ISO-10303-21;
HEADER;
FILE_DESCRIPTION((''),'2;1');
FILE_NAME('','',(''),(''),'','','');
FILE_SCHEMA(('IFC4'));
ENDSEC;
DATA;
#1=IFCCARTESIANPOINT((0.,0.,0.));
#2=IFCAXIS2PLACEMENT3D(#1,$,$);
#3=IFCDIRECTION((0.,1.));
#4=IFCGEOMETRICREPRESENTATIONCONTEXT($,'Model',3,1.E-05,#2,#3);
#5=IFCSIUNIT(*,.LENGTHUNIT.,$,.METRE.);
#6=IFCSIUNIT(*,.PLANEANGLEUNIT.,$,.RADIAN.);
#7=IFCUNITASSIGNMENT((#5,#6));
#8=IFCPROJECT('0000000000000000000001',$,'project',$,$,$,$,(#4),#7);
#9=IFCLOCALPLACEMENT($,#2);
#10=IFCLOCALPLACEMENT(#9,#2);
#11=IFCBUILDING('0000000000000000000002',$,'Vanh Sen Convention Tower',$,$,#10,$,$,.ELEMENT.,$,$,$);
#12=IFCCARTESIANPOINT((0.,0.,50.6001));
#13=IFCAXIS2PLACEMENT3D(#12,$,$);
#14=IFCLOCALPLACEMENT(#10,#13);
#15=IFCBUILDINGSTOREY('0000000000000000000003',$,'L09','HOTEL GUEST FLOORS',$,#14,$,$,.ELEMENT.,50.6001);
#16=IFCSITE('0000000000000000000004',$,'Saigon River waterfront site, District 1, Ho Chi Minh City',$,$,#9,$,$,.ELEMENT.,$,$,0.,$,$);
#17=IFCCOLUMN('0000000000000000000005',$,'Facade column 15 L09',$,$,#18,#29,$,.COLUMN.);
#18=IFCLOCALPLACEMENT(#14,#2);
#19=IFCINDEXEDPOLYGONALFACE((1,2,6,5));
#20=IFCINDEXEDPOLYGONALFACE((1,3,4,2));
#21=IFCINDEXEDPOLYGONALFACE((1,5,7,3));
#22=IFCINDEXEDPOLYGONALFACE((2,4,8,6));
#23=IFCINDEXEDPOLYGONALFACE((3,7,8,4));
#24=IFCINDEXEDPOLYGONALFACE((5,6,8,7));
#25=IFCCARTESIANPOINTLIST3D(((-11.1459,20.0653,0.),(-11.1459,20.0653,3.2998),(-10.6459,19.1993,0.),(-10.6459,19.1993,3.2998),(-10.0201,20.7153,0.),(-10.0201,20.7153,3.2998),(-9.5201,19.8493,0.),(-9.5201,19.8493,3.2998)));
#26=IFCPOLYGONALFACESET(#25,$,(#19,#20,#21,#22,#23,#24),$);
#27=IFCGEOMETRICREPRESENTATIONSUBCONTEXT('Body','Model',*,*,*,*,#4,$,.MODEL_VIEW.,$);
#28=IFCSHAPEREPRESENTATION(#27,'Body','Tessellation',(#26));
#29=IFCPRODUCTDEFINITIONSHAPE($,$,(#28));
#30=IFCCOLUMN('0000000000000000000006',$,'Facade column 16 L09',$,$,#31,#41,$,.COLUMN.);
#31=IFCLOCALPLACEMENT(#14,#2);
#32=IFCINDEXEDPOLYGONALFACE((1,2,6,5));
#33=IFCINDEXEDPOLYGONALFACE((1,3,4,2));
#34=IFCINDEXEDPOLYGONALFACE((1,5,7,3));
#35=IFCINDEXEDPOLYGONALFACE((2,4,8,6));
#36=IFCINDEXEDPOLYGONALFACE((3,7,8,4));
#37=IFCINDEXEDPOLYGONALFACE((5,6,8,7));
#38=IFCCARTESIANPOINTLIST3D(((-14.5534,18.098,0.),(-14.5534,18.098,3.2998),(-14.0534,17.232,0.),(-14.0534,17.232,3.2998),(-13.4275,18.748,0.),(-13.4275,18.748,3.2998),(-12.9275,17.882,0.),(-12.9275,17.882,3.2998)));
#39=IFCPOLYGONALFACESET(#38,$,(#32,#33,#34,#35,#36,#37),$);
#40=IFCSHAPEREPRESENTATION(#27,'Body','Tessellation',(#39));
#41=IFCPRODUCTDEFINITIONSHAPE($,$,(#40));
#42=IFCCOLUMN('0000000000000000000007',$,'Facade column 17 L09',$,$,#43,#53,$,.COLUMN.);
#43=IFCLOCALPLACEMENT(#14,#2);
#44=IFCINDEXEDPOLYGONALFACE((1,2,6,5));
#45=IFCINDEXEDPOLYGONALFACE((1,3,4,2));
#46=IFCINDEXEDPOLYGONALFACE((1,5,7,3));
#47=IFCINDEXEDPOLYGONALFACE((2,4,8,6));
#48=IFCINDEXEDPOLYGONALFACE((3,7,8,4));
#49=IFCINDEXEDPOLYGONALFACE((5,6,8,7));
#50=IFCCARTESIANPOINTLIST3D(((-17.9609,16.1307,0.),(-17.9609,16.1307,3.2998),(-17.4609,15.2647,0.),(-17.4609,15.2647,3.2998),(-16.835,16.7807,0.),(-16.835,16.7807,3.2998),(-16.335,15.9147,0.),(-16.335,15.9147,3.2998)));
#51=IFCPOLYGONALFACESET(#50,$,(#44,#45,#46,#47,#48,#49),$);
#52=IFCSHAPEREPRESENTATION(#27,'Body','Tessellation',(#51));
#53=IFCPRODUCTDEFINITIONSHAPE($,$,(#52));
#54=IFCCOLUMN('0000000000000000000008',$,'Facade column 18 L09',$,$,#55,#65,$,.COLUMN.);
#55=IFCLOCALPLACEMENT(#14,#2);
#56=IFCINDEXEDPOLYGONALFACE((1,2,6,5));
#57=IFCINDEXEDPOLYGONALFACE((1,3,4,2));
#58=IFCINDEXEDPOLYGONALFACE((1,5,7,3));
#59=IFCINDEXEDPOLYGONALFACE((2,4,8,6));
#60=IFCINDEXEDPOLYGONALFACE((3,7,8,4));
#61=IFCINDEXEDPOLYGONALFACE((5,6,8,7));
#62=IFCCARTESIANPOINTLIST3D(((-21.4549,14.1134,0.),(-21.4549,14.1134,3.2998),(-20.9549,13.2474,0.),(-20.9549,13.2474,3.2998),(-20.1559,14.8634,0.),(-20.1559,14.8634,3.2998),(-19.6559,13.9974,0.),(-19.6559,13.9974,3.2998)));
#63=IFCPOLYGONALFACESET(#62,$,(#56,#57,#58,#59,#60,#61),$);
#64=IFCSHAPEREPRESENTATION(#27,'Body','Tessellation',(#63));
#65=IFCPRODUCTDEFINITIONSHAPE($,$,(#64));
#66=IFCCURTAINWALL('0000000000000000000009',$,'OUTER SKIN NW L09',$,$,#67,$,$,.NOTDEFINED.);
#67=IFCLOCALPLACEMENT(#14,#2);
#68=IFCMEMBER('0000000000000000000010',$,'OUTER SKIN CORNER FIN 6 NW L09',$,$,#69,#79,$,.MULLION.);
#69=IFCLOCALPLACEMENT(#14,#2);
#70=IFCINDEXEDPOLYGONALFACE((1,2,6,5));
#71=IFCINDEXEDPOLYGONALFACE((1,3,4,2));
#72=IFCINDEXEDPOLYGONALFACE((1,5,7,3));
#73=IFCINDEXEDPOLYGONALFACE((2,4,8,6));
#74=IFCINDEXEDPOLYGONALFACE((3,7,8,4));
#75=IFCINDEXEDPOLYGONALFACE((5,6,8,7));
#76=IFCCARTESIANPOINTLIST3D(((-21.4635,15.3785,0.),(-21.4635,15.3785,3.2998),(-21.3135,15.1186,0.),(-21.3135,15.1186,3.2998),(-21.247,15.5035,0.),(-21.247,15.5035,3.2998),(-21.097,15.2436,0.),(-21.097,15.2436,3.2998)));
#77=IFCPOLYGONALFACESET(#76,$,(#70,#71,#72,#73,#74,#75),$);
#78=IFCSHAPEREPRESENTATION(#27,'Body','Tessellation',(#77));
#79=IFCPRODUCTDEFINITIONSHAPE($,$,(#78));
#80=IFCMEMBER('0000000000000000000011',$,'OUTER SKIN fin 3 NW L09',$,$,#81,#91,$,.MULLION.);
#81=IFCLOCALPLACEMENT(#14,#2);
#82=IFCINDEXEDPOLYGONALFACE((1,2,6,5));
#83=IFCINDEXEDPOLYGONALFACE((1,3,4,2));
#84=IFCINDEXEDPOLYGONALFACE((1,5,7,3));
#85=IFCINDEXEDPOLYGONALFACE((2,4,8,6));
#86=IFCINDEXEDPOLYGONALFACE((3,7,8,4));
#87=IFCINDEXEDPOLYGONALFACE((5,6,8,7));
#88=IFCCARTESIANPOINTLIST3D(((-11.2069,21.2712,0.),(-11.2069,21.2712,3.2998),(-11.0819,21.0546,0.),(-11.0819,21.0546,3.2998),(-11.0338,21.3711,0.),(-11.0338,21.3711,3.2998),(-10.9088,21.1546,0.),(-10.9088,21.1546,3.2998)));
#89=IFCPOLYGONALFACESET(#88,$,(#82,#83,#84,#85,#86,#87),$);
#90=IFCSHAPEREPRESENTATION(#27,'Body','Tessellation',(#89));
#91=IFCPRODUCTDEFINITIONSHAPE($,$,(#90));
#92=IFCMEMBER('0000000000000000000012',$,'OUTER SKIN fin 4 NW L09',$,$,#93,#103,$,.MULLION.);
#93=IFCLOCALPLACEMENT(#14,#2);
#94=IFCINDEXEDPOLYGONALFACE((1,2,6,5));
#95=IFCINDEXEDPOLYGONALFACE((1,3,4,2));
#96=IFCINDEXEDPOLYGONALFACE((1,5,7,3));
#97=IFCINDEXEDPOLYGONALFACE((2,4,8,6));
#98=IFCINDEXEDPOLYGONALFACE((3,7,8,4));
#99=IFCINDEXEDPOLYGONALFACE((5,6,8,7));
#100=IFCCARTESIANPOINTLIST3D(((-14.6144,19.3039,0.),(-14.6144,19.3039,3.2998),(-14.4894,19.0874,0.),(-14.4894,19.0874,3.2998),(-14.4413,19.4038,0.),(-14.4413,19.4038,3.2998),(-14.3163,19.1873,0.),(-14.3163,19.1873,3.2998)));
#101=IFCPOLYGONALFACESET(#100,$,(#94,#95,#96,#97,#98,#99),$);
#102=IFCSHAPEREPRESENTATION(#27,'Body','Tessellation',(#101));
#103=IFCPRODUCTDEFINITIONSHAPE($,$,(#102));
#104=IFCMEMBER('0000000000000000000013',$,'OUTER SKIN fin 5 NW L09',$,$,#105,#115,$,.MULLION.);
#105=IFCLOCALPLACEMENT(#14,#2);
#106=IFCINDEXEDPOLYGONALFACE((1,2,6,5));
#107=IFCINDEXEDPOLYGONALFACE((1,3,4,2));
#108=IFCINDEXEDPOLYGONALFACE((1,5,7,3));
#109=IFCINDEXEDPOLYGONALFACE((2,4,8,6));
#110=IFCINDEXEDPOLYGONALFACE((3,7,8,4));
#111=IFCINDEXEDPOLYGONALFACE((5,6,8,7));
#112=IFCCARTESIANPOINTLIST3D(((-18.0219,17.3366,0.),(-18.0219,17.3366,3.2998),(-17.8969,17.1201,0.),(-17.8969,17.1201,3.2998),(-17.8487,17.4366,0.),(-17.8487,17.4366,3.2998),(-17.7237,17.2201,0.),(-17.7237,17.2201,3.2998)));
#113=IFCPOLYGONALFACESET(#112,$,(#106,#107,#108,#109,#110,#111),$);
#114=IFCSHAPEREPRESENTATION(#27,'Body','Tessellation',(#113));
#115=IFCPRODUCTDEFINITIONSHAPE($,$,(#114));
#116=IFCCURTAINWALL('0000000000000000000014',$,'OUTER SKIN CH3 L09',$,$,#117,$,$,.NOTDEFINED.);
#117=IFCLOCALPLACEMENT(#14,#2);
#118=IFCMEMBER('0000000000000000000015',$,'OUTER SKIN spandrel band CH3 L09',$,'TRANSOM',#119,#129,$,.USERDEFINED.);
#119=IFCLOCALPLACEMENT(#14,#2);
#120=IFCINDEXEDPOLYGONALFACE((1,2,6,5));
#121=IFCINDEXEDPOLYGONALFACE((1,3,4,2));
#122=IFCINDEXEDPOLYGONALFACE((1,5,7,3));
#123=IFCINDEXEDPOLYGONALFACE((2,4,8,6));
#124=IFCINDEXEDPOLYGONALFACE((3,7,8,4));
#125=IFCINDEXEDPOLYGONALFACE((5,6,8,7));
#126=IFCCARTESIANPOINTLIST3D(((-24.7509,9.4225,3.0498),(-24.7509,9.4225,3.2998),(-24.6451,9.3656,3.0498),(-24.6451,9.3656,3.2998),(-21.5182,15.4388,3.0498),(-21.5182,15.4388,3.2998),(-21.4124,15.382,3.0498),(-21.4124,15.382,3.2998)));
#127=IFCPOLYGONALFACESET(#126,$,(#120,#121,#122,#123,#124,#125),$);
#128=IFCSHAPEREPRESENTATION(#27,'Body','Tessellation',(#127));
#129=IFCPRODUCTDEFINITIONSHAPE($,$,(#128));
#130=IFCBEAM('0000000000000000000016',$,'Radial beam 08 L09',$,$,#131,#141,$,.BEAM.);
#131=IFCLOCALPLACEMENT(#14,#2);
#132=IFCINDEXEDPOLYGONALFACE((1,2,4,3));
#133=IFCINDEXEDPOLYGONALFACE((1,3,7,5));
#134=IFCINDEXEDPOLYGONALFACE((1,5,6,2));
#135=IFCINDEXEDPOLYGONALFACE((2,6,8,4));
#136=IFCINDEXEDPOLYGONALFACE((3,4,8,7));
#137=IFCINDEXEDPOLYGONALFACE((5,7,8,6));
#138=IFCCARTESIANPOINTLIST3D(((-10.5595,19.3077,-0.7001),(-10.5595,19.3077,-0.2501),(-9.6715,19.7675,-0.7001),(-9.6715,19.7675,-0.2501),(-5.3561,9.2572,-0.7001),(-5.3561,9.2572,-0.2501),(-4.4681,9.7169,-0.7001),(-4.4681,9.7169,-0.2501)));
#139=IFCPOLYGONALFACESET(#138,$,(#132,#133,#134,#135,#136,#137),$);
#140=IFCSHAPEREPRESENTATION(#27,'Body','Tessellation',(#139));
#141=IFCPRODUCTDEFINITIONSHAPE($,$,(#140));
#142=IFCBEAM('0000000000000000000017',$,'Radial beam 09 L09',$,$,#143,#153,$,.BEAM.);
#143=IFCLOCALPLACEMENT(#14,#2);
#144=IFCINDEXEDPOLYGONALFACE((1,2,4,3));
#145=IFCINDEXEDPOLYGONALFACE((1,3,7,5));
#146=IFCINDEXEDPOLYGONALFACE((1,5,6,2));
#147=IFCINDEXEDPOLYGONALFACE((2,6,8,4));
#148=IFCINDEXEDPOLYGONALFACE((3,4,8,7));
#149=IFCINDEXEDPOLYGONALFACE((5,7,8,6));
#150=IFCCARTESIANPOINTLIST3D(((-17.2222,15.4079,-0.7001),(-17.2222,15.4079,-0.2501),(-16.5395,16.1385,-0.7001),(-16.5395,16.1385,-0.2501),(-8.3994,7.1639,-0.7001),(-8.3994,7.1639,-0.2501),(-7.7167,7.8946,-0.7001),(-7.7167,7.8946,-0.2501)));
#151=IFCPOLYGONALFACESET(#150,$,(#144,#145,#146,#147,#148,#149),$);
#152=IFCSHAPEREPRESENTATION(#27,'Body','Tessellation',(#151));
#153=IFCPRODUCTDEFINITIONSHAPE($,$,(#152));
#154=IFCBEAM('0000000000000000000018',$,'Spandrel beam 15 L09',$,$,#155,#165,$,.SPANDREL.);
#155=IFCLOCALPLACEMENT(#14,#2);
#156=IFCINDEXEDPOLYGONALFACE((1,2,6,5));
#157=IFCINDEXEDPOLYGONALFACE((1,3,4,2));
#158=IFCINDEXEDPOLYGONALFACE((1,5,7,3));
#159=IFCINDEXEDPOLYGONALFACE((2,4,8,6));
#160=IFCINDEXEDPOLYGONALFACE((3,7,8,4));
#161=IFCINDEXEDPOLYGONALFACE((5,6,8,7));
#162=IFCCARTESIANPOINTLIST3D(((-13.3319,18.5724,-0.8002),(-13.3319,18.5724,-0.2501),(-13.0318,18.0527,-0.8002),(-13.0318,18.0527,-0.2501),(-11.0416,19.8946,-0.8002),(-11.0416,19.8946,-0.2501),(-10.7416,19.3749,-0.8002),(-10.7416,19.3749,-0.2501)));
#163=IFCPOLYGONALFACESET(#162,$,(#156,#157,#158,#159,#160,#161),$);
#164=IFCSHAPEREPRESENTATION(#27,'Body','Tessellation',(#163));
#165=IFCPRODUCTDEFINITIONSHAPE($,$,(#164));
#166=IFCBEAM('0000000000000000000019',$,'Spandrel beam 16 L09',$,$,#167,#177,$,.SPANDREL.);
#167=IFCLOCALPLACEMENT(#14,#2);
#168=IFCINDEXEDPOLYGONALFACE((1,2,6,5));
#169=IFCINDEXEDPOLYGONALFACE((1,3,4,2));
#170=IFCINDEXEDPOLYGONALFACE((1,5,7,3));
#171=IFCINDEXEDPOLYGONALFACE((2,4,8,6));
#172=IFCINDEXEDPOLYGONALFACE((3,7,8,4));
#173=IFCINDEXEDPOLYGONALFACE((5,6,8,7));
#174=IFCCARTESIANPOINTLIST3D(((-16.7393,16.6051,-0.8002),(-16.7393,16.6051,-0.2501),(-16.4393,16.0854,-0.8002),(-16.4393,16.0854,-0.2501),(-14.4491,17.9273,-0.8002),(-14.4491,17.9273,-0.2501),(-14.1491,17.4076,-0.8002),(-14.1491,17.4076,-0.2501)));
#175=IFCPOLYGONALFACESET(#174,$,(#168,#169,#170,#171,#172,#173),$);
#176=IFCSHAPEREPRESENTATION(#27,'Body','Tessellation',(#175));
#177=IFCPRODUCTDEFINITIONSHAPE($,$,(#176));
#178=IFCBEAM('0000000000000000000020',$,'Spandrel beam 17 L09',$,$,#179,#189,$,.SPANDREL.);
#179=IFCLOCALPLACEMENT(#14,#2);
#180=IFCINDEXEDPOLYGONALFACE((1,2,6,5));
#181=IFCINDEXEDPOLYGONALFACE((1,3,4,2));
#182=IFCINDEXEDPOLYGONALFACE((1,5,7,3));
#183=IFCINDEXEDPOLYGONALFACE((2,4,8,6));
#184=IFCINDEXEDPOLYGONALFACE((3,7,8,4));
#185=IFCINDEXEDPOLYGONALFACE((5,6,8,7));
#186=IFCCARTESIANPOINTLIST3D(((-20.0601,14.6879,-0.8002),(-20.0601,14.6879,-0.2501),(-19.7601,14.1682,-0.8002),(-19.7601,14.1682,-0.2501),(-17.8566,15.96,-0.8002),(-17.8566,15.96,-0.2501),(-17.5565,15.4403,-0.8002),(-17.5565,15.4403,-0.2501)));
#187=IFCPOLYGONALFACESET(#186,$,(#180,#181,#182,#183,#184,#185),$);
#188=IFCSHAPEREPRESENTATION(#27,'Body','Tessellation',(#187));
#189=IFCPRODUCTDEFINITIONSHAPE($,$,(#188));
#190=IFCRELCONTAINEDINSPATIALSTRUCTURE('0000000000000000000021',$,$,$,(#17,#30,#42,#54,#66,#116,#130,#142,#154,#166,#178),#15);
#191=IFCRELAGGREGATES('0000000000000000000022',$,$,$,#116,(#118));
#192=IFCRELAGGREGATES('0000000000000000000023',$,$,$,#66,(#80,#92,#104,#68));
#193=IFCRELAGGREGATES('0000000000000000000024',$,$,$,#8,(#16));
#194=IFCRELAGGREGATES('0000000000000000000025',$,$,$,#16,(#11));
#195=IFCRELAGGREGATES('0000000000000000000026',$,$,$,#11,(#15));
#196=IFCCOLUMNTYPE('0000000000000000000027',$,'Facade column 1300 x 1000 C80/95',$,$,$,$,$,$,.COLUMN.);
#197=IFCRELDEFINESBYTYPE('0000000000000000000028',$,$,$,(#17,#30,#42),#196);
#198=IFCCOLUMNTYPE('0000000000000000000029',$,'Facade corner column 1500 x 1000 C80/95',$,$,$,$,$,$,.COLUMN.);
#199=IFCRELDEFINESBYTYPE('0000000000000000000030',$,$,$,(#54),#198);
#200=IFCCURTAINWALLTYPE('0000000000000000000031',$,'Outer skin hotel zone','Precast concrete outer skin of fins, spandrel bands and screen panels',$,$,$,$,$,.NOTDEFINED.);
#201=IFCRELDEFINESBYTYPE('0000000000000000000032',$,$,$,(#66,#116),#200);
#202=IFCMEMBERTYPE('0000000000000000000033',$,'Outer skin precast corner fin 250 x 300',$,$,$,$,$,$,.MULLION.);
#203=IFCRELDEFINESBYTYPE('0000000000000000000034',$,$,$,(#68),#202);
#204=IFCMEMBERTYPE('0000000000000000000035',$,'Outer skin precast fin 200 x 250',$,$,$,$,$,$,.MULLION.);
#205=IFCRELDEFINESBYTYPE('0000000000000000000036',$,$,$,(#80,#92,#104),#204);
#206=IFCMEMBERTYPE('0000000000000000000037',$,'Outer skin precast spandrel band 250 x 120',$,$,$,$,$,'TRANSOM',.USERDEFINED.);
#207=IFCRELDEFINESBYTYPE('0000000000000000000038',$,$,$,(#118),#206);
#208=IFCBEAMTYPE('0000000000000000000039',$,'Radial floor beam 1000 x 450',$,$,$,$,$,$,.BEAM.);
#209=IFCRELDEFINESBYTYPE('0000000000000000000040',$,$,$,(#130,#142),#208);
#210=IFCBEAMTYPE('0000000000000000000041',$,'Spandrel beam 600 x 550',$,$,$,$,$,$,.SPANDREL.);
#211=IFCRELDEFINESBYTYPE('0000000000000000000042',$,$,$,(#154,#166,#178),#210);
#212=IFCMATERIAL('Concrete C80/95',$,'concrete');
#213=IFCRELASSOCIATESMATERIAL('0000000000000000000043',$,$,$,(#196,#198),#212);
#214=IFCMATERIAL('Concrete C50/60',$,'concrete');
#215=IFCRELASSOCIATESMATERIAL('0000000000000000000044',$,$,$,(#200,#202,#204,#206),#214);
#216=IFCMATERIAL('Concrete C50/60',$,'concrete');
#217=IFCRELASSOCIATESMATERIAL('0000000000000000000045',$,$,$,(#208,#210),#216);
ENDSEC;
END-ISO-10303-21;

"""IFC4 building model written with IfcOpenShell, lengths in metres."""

from ifc_helpers import new_model, si_unit, direction, frame, origin, origin_2d, place, context, subcontext, project, spatial, rectangle, extrude, material, material_profile, profile_set, type_object, element, aggregate, save


model = new_model("IFC4")

# Units and contexts
model_context = context("Model", 3, precision=1e-05, world=origin(), true_north=direction((0.0, 1.0)))
body_context = subcontext(model_context, "Body", "Model", "MODEL_VIEW")
ifc_project = project(units=[si_unit("LENGTHUNIT", "METRE"), si_unit("PLANEANGLEUNIT", "RADIAN")], contexts=[model_context])

# Site, building, storey
site_placement = place(None, origin())
site = spatial("IfcSite", under=ifc_project, at=site_placement, Name="Saigon River waterfront site, District 1, Ho Chi Minh City", CompositionType="ELEMENT", RefElevation=0.0)
building_placement = place(site_placement, origin())
building = spatial("IfcBuilding", under=site, at=building_placement, Name="Vanh Sen Convention Tower", CompositionType="ELEMENT")
storey_placement = place(building_placement, frame((0.0, 0.0, 50.6001)))
storey = spatial("IfcBuildingStorey", under=building, at=storey_placement, Name="L09", Description="HOTEL GUEST FLOORS", CompositionType="ELEMENT", Elevation=50.6001)

# Columns
ifc_material_1 = material(Name="Concrete C80/95", Category="concrete")
ifc_material_profile_1 = material_profile(ifc_material_1, rectangle(XDim=1.3, YDim=1.0, at=origin_2d()), Name="RC 1300X1000")
ifc_profile_set_1 = profile_set([ifc_material_profile_1], Name="Concrete C80/95")
column_type_1 = type_object("IfcColumnType", Name="Facade column 1300 x 1000 C80/95", PredefinedType="COLUMN", material=ifc_profile_set_1)
for number, where, z_axis, x_axis, name in (
    (1, (-10.333, 19.9573, 0.0), (0.0, 0.0, 1.0), (-0.866025, -0.5, 0.0), "Facade column 15 L09"),
    (2, (-13.7405, 17.99, 0.0), (0.0, 0.0, 1.0), (-0.866025, -0.5, 0.0), "Facade column 16 L09"),
    (3, (-17.1479, 16.0227, 0.0), (0.0, 0.0, 1.0), (-0.866025, -0.5, 0.0), "Facade column 17 L09"),
):
    element("IfcColumn", number, at=place(storey_placement, frame(where, z_axis=z_axis, x_axis=x_axis)), inside=storey, type_object=column_type_1, Name=name, PredefinedType="COLUMN", context=body_context, shape_type="SweptSolid", body=[
        extrude(rectangle(XDim=1.3, YDim=1.0, at=origin_2d()), origin(), (0.0, 0.0, 1.0), 3.2998),
    ])
ifc_material_profile_2 = material_profile(ifc_material_1, rectangle(XDim=1.5, YDim=1.0, at=origin_2d()), Name="RC 1500X1000")
ifc_profile_set_2 = profile_set([ifc_material_profile_2], Name="Concrete C80/95")
column_type_2 = type_object("IfcColumnType", Name="Facade corner column 1500 x 1000 C80/95", PredefinedType="COLUMN", material=ifc_profile_set_2)
column_placement = place(storey_placement, frame((-20.5554, 14.0554, 0.0), z_axis=(0.0, 0.0, 1.0), x_axis=(-0.866025, -0.5, 0.0)))
element("IfcColumn", 4, at=column_placement, inside=storey, type_object=column_type_2, Name="Facade column 18 L09", PredefinedType="COLUMN", context=body_context, shape_type="SweptSolid", body=[
    extrude(rectangle(XDim=1.5, YDim=1.0, at=origin_2d()), origin(), (0.0, 0.0, 1.0), 3.2998),
])

# Curtain wall, members
ifc_material_2 = material(Name="Concrete C50/60", Category="concrete")
curtain_wall_type = type_object("IfcCurtainWallType", Name="Outer skin hotel zone", Description="Precast concrete outer skin of fins, spandrel bands and screen panels", PredefinedType="NOTDEFINED", material=ifc_material_2)
curtain_wall_1_placement = place(storey_placement, origin())
curtain_wall_1 = element("IfcCurtainWall", 5, at=curtain_wall_1_placement, inside=storey, type_object=curtain_wall_type, Name="OUTER SKIN NW L09", PredefinedType="NOTDEFINED")
ifc_material_profile_3 = material_profile(ifc_material_2, rectangle(XDim=0.25, YDim=0.3, at=origin_2d()), Name="Outer skin precast corner fin 250 x 300")
ifc_profile_set_3 = profile_set([ifc_material_profile_3], Name="Concrete C50/60")
member_type_1 = type_object("IfcMemberType", Name="Outer skin precast corner fin 250 x 300", PredefinedType="MULLION", material=ifc_profile_set_3)
member_1_placement = place(storey_placement, frame((-21.2803, 15.311, 0.0), z_axis=(0.0, 0.0, 1.0), x_axis=(-0.866025, -0.5, 0.0)))
member_1 = element("IfcMember", 6, at=member_1_placement, type_object=member_type_1, Name="OUTER SKIN CORNER FIN 6 NW L09", PredefinedType="MULLION", context=body_context, shape_type="SweptSolid", body=[
    extrude(rectangle(XDim=0.25, YDim=0.3, at=origin_2d()), origin(), (0.0, 0.0, 1.0), 3.2998),
])
ifc_material_profile_4 = material_profile(ifc_material_2, rectangle(XDim=0.2, YDim=0.25, at=origin_2d()), Name="Outer skin precast fin 200 x 250")
ifc_profile_set_4 = profile_set([ifc_material_profile_4], Name="Concrete C50/60")
member_type_2 = type_object("IfcMemberType", Name="Outer skin precast fin 200 x 250", PredefinedType="MULLION", material=ifc_profile_set_4)
member_2_placement = place(storey_placement, frame((-11.0579, 21.2129, 0.0), z_axis=(0.0, 0.0, 1.0), x_axis=(-0.866025, -0.5, 0.0)))
member_2 = element("IfcMember", 7, at=member_2_placement, type_object=member_type_2, Name="OUTER SKIN fin 3 NW L09", PredefinedType="MULLION", context=body_context, shape_type="SweptSolid", body=[
    extrude(rectangle(XDim=0.2, YDim=0.25, at=origin_2d()), origin(), (0.0, 0.0, 1.0), 3.2998),
])
member_3_placement = place(storey_placement, frame((-14.4653, 19.2456, 0.0), z_axis=(0.0, 0.0, 1.0), x_axis=(-0.866025, -0.5, 0.0)))
member_3 = element("IfcMember", 8, at=member_3_placement, type_object=member_type_2, Name="OUTER SKIN fin 4 NW L09", PredefinedType="MULLION", context=body_context, shape_type="SweptSolid", body=[
    extrude(rectangle(XDim=0.2, YDim=0.25, at=origin_2d()), origin(), (0.0, 0.0, 1.0), 3.2998),
])
member_4_placement = place(storey_placement, frame((-17.8728, 17.2783, 0.0), z_axis=(0.0, 0.0, 1.0), x_axis=(-0.866025, -0.5, 0.0)))
member_4 = element("IfcMember", 9, at=member_4_placement, type_object=member_type_2, Name="OUTER SKIN fin 5 NW L09", PredefinedType="MULLION", context=body_context, shape_type="SweptSolid", body=[
    extrude(rectangle(XDim=0.2, YDim=0.25, at=origin_2d()), origin(), (0.0, 0.0, 1.0), 3.2998),
])

# Curtain wall, member
curtain_wall_2_placement = place(storey_placement, origin())
curtain_wall_2 = element("IfcCurtainWall", 10, at=curtain_wall_2_placement, inside=storey, type_object=curtain_wall_type, Name="OUTER SKIN CH3 L09", PredefinedType="NOTDEFINED")
ifc_material_profile_5 = material_profile(ifc_material_2, rectangle(XDim=0.1201, YDim=0.25, at=origin_2d()), Name="Outer skin precast spandrel band 250 x 120")
ifc_profile_set_5 = profile_set([ifc_material_profile_5], Name="Concrete C50/60")
member_type_3 = type_object("IfcMemberType", Name="Outer skin precast spandrel band 250 x 120", ElementType="TRANSOM", PredefinedType="USERDEFINED", material=ifc_profile_set_5)
member_5_placement = place(storey_placement, frame((-21.4653, 15.4104, 3.1748), z_axis=(-0.473315, -0.880893, 0.0), x_axis=(0.880893, -0.473315, 0.0)))
member_5 = element("IfcMember", 11, at=member_5_placement, type_object=member_type_3, Name="OUTER SKIN spandrel band CH3 L09", ObjectType="TRANSOM", PredefinedType="USERDEFINED", context=body_context, shape_type="SweptSolid", body=[
    extrude(rectangle(XDim=0.1201, YDim=0.25, at=origin_2d()), origin(), (0.0, 0.0, 1.0), 6.8298),
])
aggregate(curtain_wall_2, [member_5])

# Beams
ifc_material_3 = material(Name="Concrete C50/60", Category="concrete")
ifc_material_profile_6 = material_profile(ifc_material_3, rectangle(XDim=1.0, YDim=0.45, at=origin_2d()), Name="RC 1000X450")
ifc_profile_set_6 = profile_set([ifc_material_profile_6], Name="Concrete C50/60")
beam_type_1 = type_object("IfcBeamType", Name="Radial floor beam 1000 x 450", PredefinedType="BEAM", material=ifc_profile_set_6)
beam_1_placement = place(storey_placement, frame((-10.1155, 19.5376, -0.4751), z_axis=(0.459759, -0.888044, 0.0), x_axis=(0.888044, 0.459759, 0.0)))
element("IfcBeam", 12, at=beam_1_placement, inside=storey, type_object=beam_type_1, Name="Radial beam 08 L09", PredefinedType="BEAM", context=body_context, shape_type="SweptSolid", body=[
    extrude(rectangle(XDim=1.0, YDim=0.45, at=origin_2d()), origin(), (0.0, 0.0, 1.0), 11.3176),
])
beam_2_placement = place(storey_placement, frame((-16.8809, 15.7732, -0.4751), z_axis=(0.73067, -0.682731, 0.0), x_axis=(0.682731, 0.73067, 0.0)))
element("IfcBeam", 13, at=beam_2_placement, inside=storey, type_object=beam_type_1, Name="Radial beam 09 L09", PredefinedType="BEAM", context=body_context, shape_type="SweptSolid", body=[
    extrude(rectangle(XDim=1.0, YDim=0.45, at=origin_2d()), origin(), (0.0, 0.0, 1.0), 12.075),
])
ifc_material_profile_7 = material_profile(ifc_material_3, rectangle(XDim=0.6001, YDim=0.55, at=origin_2d()), Name="RC 600X550")
ifc_profile_set_7 = profile_set([ifc_material_profile_7], Name="Concrete C50/60")
beam_type_2 = type_object("IfcBeamType", Name="Spandrel beam 600 x 550", PredefinedType="SPANDREL", material=ifc_profile_set_7)
for number, where, z_axis, x_axis, name in (
    (14, (-10.8916, 19.6348, -0.5251), (-0.86603, -0.499991, 0.0), (0.499991, -0.86603, 0.0), "Spandrel beam 15 L09"),
    (15, (-14.2991, 17.6675, -0.5251), (-0.86603, -0.499991, 0.0), (0.499991, -0.86603, 0.0), "Spandrel beam 16 L09"),
):
    element("IfcBeam", number, at=place(storey_placement, frame(where, z_axis=z_axis, x_axis=x_axis)), inside=storey, type_object=beam_type_2, Name=name, PredefinedType="SPANDREL", context=body_context, shape_type="SweptSolid", body=[
        extrude(rectangle(XDim=0.6001, YDim=0.55, at=origin_2d()), origin(), (0.0, 0.0, 1.0), 2.6445),
    ])
beam_3_placement = place(storey_placement, frame((-17.7065, 15.7002, -0.5251), z_axis=(-0.866032, -0.499988, 0.0), x_axis=(0.499988, -0.866032, 0.0)))
element("IfcBeam", 16, at=beam_3_placement, inside=storey, type_object=beam_type_2, Name="Spandrel beam 17 L09", PredefinedType="SPANDREL", context=body_context, shape_type="SweptSolid", body=[
    extrude(rectangle(XDim=0.6001, YDim=0.55, at=origin_2d()), origin(), (0.0, 0.0, 1.0), 2.5444),
])

aggregate(curtain_wall_1, [member_2, member_3, member_4, member_1])

save(model, "model.ifc")
